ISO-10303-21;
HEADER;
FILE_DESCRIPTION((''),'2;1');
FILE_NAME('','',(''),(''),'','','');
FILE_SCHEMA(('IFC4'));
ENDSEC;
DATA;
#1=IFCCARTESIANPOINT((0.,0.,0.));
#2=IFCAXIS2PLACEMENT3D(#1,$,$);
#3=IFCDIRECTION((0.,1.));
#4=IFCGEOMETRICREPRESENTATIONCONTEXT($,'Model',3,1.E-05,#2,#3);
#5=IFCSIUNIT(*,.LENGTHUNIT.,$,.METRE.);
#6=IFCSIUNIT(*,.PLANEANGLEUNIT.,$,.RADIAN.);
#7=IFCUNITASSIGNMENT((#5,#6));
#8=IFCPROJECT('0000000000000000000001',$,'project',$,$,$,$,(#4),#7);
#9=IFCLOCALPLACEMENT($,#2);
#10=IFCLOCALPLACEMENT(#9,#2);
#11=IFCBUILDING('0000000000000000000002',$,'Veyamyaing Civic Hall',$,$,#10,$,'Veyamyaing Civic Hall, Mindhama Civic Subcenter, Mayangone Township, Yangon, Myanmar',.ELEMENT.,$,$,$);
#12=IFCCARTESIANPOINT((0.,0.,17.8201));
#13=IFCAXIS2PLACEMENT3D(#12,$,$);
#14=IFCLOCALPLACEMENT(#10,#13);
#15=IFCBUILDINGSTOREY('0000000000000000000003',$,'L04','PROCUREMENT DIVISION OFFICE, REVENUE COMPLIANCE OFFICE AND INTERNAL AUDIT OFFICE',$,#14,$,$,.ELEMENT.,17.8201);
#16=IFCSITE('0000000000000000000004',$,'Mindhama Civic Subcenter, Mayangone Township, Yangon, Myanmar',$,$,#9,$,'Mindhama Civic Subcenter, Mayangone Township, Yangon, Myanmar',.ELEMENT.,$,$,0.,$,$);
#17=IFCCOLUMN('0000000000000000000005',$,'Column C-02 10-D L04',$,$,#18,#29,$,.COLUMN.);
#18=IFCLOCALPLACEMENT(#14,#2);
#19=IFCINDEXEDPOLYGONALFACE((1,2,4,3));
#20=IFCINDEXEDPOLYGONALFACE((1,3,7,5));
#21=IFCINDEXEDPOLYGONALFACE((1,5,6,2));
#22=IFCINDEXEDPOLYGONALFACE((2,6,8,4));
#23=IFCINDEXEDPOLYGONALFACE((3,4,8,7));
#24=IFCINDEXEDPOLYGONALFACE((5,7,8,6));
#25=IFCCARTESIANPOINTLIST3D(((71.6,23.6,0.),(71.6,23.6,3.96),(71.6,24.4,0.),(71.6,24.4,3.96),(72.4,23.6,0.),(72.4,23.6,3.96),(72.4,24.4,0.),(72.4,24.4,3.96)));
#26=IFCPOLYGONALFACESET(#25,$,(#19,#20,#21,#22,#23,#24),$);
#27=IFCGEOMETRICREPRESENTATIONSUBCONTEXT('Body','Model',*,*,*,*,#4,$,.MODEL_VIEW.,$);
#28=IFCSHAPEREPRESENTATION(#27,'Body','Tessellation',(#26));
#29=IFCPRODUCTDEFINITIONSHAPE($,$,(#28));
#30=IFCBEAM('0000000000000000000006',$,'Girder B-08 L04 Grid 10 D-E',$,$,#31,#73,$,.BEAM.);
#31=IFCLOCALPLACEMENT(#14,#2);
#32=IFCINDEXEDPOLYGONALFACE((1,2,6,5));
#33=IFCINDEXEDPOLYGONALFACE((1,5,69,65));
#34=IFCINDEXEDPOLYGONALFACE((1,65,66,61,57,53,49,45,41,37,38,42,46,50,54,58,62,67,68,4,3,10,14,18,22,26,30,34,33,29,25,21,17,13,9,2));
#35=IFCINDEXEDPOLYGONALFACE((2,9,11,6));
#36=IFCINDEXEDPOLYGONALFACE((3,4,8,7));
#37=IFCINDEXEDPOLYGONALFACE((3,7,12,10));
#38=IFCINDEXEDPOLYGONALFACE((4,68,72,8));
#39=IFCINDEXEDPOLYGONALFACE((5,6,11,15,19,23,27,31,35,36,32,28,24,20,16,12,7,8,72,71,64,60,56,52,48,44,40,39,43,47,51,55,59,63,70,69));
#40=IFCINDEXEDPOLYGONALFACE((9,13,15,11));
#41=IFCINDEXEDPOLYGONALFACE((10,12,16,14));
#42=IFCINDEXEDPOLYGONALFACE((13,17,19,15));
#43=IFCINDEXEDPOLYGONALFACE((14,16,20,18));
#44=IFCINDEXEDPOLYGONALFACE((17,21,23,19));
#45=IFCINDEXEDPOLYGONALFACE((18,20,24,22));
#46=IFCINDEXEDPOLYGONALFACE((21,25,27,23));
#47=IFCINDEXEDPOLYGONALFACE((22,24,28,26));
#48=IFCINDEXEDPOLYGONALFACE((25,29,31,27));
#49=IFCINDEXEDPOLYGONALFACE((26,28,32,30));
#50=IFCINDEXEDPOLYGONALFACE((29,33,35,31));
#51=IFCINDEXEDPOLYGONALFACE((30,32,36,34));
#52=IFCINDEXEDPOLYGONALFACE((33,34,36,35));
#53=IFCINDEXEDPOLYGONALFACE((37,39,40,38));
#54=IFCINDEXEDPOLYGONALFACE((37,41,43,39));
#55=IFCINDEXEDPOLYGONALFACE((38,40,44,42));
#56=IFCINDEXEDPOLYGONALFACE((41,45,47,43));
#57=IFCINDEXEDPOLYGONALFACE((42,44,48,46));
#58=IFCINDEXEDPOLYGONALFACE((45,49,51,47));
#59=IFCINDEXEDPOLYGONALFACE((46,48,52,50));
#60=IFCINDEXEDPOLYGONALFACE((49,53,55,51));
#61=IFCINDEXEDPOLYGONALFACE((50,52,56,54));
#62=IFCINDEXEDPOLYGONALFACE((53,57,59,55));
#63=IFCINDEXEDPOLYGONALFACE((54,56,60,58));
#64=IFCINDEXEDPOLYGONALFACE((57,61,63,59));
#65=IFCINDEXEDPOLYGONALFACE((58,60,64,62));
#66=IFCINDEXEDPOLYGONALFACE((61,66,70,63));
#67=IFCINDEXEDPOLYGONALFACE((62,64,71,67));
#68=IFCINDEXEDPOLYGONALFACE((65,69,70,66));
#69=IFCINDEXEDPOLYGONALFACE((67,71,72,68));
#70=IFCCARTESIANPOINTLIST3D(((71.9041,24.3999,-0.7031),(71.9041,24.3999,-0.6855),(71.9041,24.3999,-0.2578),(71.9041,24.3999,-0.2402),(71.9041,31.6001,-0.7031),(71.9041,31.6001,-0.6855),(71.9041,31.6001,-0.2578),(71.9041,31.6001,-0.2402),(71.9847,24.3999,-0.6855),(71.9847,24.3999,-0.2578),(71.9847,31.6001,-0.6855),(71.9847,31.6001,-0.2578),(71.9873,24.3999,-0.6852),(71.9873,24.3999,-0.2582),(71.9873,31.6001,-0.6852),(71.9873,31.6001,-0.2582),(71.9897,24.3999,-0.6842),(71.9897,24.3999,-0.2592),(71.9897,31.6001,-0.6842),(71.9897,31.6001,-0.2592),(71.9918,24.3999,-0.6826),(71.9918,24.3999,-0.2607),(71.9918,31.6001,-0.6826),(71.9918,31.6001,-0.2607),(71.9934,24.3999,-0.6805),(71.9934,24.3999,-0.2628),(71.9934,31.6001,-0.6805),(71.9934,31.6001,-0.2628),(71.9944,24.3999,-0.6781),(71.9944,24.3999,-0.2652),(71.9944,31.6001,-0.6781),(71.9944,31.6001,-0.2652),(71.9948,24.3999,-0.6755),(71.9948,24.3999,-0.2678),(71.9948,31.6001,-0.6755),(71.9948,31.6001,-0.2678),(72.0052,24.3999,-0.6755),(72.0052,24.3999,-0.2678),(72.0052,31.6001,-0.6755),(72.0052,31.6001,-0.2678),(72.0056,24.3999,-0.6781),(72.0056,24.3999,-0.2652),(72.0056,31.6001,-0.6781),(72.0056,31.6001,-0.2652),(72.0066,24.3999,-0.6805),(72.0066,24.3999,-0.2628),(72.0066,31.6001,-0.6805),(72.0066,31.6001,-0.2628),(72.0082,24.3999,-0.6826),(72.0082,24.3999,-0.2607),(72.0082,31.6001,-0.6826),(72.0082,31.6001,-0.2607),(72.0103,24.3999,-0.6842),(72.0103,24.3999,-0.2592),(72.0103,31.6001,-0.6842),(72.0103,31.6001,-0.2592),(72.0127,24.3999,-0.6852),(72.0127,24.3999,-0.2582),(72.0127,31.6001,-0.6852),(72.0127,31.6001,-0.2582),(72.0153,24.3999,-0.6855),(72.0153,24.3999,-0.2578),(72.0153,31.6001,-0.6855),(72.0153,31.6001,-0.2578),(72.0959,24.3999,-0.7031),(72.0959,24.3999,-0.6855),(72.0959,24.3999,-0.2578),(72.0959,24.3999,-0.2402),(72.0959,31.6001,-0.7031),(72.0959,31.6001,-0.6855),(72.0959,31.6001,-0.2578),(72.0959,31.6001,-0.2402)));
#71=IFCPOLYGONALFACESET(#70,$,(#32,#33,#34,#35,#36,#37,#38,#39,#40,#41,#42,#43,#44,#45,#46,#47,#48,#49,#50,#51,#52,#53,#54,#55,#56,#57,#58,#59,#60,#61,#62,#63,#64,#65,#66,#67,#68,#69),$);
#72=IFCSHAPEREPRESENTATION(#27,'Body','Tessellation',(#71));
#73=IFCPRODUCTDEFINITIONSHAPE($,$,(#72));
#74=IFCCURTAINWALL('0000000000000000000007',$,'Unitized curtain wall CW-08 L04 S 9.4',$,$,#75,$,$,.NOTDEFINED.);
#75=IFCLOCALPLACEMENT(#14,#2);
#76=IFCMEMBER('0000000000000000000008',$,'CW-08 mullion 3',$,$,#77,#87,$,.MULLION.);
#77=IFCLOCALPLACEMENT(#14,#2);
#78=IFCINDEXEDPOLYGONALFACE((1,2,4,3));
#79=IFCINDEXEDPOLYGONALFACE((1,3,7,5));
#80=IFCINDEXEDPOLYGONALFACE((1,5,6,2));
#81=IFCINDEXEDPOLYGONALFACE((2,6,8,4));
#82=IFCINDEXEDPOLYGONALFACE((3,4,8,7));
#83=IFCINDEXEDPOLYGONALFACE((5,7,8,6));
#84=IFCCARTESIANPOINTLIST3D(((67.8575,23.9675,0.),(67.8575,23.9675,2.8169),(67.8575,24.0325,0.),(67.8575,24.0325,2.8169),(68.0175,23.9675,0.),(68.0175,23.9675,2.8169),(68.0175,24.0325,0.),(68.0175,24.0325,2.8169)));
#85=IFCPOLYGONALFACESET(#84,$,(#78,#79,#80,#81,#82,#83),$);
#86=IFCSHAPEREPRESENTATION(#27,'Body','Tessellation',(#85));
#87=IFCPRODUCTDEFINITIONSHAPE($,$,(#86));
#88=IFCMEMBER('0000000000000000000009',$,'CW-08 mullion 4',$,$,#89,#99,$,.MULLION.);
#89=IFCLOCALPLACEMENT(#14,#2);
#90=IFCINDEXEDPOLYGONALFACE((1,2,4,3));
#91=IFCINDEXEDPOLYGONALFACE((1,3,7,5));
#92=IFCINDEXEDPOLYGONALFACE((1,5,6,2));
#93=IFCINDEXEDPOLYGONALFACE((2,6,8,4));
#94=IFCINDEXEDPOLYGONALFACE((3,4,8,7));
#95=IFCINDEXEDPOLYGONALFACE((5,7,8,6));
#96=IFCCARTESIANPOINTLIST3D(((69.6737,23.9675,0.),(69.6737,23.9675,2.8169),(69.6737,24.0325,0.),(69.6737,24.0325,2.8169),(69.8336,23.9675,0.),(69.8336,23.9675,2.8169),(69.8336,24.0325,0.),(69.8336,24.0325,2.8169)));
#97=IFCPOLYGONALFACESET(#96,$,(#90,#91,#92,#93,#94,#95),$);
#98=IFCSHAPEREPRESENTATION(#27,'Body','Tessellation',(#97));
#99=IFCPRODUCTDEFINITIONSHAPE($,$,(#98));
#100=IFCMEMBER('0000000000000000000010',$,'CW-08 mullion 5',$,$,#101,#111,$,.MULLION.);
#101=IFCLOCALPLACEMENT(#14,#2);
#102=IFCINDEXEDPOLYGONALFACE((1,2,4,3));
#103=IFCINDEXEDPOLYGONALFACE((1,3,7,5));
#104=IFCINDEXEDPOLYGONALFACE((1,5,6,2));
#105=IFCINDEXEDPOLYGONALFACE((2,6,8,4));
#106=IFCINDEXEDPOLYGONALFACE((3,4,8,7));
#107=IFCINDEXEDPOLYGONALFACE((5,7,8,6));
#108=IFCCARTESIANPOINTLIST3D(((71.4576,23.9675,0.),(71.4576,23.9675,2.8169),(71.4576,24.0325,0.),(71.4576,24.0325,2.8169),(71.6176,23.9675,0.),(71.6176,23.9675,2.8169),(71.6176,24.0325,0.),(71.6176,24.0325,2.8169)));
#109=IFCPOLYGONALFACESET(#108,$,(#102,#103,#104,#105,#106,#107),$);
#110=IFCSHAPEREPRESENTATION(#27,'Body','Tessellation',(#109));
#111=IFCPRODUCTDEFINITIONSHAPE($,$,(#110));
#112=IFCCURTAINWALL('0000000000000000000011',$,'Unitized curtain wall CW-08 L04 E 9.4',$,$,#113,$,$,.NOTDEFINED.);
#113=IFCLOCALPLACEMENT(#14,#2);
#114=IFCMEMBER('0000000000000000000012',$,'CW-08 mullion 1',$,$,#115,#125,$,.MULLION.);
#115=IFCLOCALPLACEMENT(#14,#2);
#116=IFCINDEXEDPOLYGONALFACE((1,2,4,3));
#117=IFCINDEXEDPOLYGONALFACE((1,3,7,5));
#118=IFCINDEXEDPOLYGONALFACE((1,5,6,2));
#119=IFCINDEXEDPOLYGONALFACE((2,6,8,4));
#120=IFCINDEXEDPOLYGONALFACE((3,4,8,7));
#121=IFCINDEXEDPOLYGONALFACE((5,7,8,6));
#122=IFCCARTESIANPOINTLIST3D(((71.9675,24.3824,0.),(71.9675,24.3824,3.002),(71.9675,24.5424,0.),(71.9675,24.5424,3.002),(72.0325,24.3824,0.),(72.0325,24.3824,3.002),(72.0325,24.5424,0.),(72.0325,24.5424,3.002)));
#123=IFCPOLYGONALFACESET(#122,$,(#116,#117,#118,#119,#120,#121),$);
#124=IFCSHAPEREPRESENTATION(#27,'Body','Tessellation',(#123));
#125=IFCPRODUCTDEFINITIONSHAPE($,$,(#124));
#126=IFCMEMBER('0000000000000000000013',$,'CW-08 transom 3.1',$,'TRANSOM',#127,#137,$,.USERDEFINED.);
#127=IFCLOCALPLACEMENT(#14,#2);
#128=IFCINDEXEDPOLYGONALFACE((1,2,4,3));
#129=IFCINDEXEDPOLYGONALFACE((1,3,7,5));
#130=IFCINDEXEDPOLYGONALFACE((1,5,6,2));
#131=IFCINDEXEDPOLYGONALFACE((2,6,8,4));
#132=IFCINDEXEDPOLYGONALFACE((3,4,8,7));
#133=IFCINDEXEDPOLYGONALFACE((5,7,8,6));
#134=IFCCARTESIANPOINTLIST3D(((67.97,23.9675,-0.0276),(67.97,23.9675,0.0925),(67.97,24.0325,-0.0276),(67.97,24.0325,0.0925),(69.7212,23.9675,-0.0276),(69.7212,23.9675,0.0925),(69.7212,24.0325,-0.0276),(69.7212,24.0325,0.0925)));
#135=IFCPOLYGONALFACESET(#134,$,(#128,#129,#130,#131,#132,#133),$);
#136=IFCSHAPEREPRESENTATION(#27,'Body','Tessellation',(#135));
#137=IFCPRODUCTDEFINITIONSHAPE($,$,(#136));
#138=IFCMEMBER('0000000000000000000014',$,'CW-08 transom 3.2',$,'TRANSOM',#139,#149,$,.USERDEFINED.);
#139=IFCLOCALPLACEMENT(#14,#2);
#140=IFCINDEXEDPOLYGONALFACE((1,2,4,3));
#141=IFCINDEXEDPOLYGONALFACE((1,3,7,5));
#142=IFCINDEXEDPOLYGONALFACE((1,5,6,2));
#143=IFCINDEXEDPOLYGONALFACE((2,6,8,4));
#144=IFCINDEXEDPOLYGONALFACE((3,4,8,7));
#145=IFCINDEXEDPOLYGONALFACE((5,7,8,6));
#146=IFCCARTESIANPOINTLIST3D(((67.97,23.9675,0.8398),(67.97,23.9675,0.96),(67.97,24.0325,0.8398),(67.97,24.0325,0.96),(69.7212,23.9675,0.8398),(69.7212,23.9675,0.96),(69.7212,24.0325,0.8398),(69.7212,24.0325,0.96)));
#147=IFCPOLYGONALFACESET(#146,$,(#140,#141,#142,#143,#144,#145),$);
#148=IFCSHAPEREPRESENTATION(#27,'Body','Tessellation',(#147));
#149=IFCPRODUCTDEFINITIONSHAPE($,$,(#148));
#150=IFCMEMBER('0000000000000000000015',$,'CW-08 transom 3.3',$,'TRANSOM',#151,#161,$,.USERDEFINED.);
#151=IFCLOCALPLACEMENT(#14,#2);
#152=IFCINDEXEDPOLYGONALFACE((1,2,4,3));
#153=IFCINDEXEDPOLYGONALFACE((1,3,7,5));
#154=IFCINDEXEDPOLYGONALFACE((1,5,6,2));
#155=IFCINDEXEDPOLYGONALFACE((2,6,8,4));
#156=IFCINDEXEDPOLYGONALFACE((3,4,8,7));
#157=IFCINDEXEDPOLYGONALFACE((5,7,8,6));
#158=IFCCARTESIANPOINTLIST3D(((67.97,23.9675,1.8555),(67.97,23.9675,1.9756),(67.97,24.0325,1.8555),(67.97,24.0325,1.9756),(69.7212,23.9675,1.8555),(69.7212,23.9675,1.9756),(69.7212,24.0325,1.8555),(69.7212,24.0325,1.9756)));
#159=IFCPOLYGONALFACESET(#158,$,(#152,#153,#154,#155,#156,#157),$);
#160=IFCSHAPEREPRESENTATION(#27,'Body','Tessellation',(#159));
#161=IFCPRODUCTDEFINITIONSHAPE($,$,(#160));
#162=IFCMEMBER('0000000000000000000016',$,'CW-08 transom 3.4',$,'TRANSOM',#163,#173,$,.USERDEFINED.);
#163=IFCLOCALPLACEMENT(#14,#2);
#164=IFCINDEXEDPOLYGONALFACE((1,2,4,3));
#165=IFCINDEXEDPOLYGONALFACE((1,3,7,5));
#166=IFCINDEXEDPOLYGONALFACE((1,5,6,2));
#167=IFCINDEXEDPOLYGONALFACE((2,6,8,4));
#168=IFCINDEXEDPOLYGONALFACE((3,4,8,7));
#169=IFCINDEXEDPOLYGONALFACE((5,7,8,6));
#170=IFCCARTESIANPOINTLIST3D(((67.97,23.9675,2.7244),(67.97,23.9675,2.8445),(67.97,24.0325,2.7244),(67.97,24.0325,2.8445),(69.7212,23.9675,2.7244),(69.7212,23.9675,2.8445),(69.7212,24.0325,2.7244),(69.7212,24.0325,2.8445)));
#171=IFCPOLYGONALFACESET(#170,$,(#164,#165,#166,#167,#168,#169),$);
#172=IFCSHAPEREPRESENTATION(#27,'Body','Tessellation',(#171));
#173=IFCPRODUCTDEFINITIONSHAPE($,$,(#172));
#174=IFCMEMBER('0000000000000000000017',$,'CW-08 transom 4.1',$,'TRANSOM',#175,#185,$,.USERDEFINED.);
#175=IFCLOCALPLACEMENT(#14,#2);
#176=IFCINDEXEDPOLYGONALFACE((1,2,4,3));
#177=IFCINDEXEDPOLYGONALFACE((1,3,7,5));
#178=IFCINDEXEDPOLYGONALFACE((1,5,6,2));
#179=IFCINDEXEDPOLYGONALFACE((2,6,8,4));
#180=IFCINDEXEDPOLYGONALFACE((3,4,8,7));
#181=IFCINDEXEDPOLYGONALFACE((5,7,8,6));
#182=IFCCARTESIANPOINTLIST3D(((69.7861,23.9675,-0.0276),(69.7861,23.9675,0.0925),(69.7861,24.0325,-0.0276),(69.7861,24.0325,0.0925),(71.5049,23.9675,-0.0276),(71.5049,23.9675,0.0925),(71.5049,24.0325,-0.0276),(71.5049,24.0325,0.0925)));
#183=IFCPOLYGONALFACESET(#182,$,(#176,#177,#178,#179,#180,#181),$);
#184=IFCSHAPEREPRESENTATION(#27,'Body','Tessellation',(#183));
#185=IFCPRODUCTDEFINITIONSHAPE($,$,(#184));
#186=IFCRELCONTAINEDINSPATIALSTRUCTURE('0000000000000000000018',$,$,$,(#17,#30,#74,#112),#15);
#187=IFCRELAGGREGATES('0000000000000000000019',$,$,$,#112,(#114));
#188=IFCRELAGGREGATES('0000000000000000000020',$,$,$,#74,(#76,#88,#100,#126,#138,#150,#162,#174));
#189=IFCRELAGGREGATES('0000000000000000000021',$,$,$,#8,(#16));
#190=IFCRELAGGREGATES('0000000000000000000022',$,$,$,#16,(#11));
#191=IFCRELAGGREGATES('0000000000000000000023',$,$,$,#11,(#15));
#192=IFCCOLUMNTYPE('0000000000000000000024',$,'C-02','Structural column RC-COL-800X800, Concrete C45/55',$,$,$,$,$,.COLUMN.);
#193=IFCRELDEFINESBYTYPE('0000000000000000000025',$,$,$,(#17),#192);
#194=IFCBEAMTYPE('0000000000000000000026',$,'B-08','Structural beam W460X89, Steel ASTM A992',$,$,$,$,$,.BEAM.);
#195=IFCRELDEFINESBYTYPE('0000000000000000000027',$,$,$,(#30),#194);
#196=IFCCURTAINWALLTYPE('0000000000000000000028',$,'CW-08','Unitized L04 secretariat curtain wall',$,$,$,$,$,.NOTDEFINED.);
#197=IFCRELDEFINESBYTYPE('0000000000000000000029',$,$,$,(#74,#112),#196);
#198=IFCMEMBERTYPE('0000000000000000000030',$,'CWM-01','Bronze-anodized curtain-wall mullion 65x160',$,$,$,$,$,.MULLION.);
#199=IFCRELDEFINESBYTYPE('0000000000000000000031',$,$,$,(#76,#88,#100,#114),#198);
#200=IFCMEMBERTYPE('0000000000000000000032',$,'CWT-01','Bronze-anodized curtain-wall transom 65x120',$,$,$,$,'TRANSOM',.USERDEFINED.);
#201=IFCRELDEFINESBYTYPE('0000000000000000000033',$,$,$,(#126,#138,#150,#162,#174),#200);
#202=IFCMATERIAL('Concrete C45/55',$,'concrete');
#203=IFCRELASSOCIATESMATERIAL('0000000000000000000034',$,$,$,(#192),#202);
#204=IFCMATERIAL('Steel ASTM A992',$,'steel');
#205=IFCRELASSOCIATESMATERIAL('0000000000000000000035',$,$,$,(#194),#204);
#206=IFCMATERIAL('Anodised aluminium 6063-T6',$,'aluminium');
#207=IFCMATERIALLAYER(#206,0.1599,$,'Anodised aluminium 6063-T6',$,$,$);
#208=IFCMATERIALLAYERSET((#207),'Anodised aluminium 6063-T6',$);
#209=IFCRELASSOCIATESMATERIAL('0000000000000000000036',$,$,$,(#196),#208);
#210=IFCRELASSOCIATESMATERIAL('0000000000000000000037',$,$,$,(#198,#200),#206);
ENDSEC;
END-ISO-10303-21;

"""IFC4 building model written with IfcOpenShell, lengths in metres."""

from ifc_helpers import new_model, si_unit, direction, frame, origin, origin_2d, place, context, subcontext, project, spatial, rectangle, i_section, extrude, material, layer, layer_set, material_profile, profile_set, type_object, element, aggregate, save


model = new_model("IFC4")

# Units and contexts
model_context = context("Model", 3, precision=1e-05, world=origin(), true_north=direction((0.0, 1.0)))
body_context = subcontext(model_context, "Body", "Model", "MODEL_VIEW")
ifc_project = project(units=[si_unit("LENGTHUNIT", "METRE"), si_unit("PLANEANGLEUNIT", "RADIAN")], contexts=[model_context])

# Site, building, storey
site_placement = place(None, origin())
site = spatial("IfcSite", under=ifc_project, at=site_placement, Name="Mindhama Civic Subcenter, Mayangone Township, Yangon, Myanmar", LongName="Mindhama Civic Subcenter, Mayangone Township, Yangon, Myanmar", CompositionType="ELEMENT", RefElevation=0.0)
building_placement = place(site_placement, origin())
building = spatial("IfcBuilding", under=site, at=building_placement, Name="Veyamyaing Civic Hall", LongName="Veyamyaing Civic Hall, Mindhama Civic Subcenter, Mayangone Township, Yangon, Myanmar", CompositionType="ELEMENT")
storey_placement = place(building_placement, frame((0.0, 0.0, 17.8201)))
storey = spatial("IfcBuildingStorey", under=building, at=storey_placement, Name="L04", Description="PROCUREMENT DIVISION OFFICE, REVENUE COMPLIANCE OFFICE AND INTERNAL AUDIT OFFICE", CompositionType="ELEMENT", Elevation=17.8201)

# Column
ifc_material_1 = material(Name="Concrete C45/55", Category="concrete")
ifc_material_profile_1 = material_profile(ifc_material_1, rectangle(XDim=0.8, YDim=0.8, at=origin_2d()), Name="RC-COL-800X800")
ifc_profile_set_1 = profile_set([ifc_material_profile_1], Name="Concrete C45/55")
column_type = type_object("IfcColumnType", Name="C-02", Description="Structural column RC-COL-800X800, Concrete C45/55", PredefinedType="COLUMN", material=ifc_profile_set_1)
column_placement = place(storey_placement, frame((72.0, 24.0, 0.0), z_axis=(0.0, 0.0, 1.0), x_axis=(1.0, 0.0, 0.0)))
element("IfcColumn", 1, at=column_placement, inside=storey, type_object=column_type, Name="Column C-02 10-D L04", PredefinedType="COLUMN", context=body_context, shape_type="SweptSolid", body=[
    extrude(rectangle(XDim=0.8, YDim=0.8, at=origin_2d()), origin(), (0.0, 0.0, 1.0), 3.96),
])

# Beam
ifc_material_2 = material(Name="Steel ASTM A992", Category="steel")
ifc_material_profile_2 = material_profile(ifc_material_2, i_section(OverallWidth=0.1919, OverallDepth=0.4629, WebThickness=0.0105, FlangeThickness=0.0176, FilletRadius=0.01, at=origin_2d()), Name="W460X89")
ifc_profile_set_2 = profile_set([ifc_material_profile_2], Name="Steel ASTM A992")
beam_type = type_object("IfcBeamType", Name="B-08", Description="Structural beam W460X89, Steel ASTM A992", PredefinedType="BEAM", material=ifc_profile_set_2)
beam_placement = place(storey_placement, frame((72.0, 24.3999, -0.4717), z_axis=(0.0, 1.0, 0.0), x_axis=(-1.0, 0.0, 0.0)))
element("IfcBeam", 2, at=beam_placement, inside=storey, type_object=beam_type, Name="Girder B-08 L04 Grid 10 D-E", PredefinedType="BEAM", context=body_context, shape_type="SweptSolid", body=[
    extrude(i_section(OverallWidth=0.1919, OverallDepth=0.4629, WebThickness=0.0105, FlangeThickness=0.0176, FilletRadius=0.01, at=origin_2d()), origin(), (0.0, 0.0, 1.0), 7.2002),
])

# Curtain wall, members
ifc_material_3 = material(Name="Anodised aluminium 6063-T6", Category="aluminium")
ifc_layer_1 = layer(ifc_material_3, 0.1599, Name="Anodised aluminium 6063-T6")
ifc_layer_set_1 = layer_set([ifc_layer_1], Name="Anodised aluminium 6063-T6")
curtain_wall_type = type_object("IfcCurtainWallType", Name="CW-08", Description="Unitized L04 secretariat curtain wall", PredefinedType="NOTDEFINED", material=ifc_layer_set_1)
curtain_wall_1_placement = place(storey_placement, origin())
curtain_wall_1 = element("IfcCurtainWall", 3, at=curtain_wall_1_placement, inside=storey, type_object=curtain_wall_type, Name="Unitized curtain wall CW-08 L04 S 9.4", PredefinedType="NOTDEFINED")
ifc_material_profile_3 = material_profile(ifc_material_3, rectangle(XDim=0.0649, YDim=0.1599, at=origin_2d()), Name="ALU-MUL-65X160")
ifc_profile_set_3 = profile_set([ifc_material_profile_3], Name="Anodised aluminium 6063-T6")
member_type_1 = type_object("IfcMemberType", Name="CWM-01", Description="Bronze-anodized curtain-wall mullion 65x160", PredefinedType="MULLION", material=ifc_profile_set_3)
member_1_placement = place(storey_placement, frame((67.9375, 24.0, 0.0), z_axis=(0.0, 0.0, 1.0), x_axis=(0.0, 1.0, 0.0)))
member_1 = element("IfcMember", 4, at=member_1_placement, type_object=member_type_1, Name="CW-08 mullion 3", PredefinedType="MULLION", context=body_context, shape_type="SweptSolid", body=[
    extrude(rectangle(XDim=0.0649, YDim=0.1599, at=origin_2d()), origin(), (0.0, 0.0, 1.0), 2.8169),
])
member_2_placement = place(storey_placement, frame((69.7537, 24.0, 0.0), z_axis=(0.0, 0.0, 1.0), x_axis=(0.0, 1.0, 0.0)))
member_2 = element("IfcMember", 5, at=member_2_placement, type_object=member_type_1, Name="CW-08 mullion 4", PredefinedType="MULLION", context=body_context, shape_type="SweptSolid", body=[
    extrude(rectangle(XDim=0.0649, YDim=0.1599, at=origin_2d()), origin(), (0.0, 0.0, 1.0), 2.8169),
])
member_3_placement = place(storey_placement, frame((71.5376, 24.0, 0.0), z_axis=(0.0, 0.0, 1.0), x_axis=(0.0, 1.0, 0.0)))
member_3 = element("IfcMember", 6, at=member_3_placement, type_object=member_type_1, Name="CW-08 mullion 5", PredefinedType="MULLION", context=body_context, shape_type="SweptSolid", body=[
    extrude(rectangle(XDim=0.0649, YDim=0.1599, at=origin_2d()), origin(), (0.0, 0.0, 1.0), 2.8169),
])

# Curtain wall, member
curtain_wall_2_placement = place(storey_placement, origin())
curtain_wall_2 = element("IfcCurtainWall", 7, at=curtain_wall_2_placement, inside=storey, type_object=curtain_wall_type, Name="Unitized curtain wall CW-08 L04 E 9.4", PredefinedType="NOTDEFINED")
member_4_placement = place(storey_placement, frame((72.0, 24.4624, 0.0), z_axis=(0.0, 0.0, 1.0), x_axis=(-1.0, 0.0, 0.0)))
member_4 = element("IfcMember", 8, at=member_4_placement, type_object=member_type_1, Name="CW-08 mullion 1", PredefinedType="MULLION", context=body_context, shape_type="SweptSolid", body=[
    extrude(rectangle(XDim=0.0649, YDim=0.1599, at=origin_2d()), origin(), (0.0, 0.0, 1.0), 3.002),
])

# Members
ifc_material_profile_4 = material_profile(ifc_material_3, rectangle(XDim=0.0649, YDim=0.1201, at=origin_2d()), Name="ALU-TRN-65X120")
ifc_profile_set_4 = profile_set([ifc_material_profile_4], Name="Anodised aluminium 6063-T6")
member_type_2 = type_object("IfcMemberType", Name="CWT-01", Description="Bronze-anodized curtain-wall transom 65x120", ElementType="TRANSOM", PredefinedType="USERDEFINED", material=ifc_profile_set_4)
member_5_placement = place(storey_placement, frame((67.97, 24.0, 0.0325), z_axis=(1.0, 0.0, 0.0), x_axis=(0.0, 1.0, 0.0)))
member_5 = element("IfcMember", 9, at=member_5_placement, type_object=member_type_2, Name="CW-08 transom 3.1", ObjectType="TRANSOM", PredefinedType="USERDEFINED", context=body_context, shape_type="SweptSolid", body=[
    extrude(rectangle(XDim=0.0649, YDim=0.1201, at=origin_2d()), origin(), (0.0, 0.0, 1.0), 1.7512),
])
member_6_placement = place(storey_placement, frame((67.97, 24.0, 0.8999), z_axis=(1.0, 0.0, 0.0), x_axis=(0.0, 1.0, 0.0)))
member_6 = element("IfcMember", 10, at=member_6_placement, type_object=member_type_2, Name="CW-08 transom 3.2", ObjectType="TRANSOM", PredefinedType="USERDEFINED", context=body_context, shape_type="SweptSolid", body=[
    extrude(rectangle(XDim=0.0649, YDim=0.1201, at=origin_2d()), origin(), (0.0, 0.0, 1.0), 1.7512),
])
member_7_placement = place(storey_placement, frame((67.97, 24.0, 1.9155), z_axis=(1.0, 0.0, 0.0), x_axis=(0.0, 1.0, 0.0)))
member_7 = element("IfcMember", 11, at=member_7_placement, type_object=member_type_2, Name="CW-08 transom 3.3", ObjectType="TRANSOM", PredefinedType="USERDEFINED", context=body_context, shape_type="SweptSolid", body=[
    extrude(rectangle(XDim=0.0649, YDim=0.1201, at=origin_2d()), origin(), (0.0, 0.0, 1.0), 1.7512),
])
member_8_placement = place(storey_placement, frame((67.97, 24.0, 2.7844), z_axis=(1.0, 0.0, 0.0), x_axis=(0.0, 1.0, 0.0)))
member_8 = element("IfcMember", 12, at=member_8_placement, type_object=member_type_2, Name="CW-08 transom 3.4", ObjectType="TRANSOM", PredefinedType="USERDEFINED", context=body_context, shape_type="SweptSolid", body=[
    extrude(rectangle(XDim=0.0649, YDim=0.1201, at=origin_2d()), origin(), (0.0, 0.0, 1.0), 1.7512),
])
member_9_placement = place(storey_placement, frame((69.7861, 24.0, 0.0325), z_axis=(1.0, 0.0, 0.0), x_axis=(0.0, 1.0, 0.0)))
member_9 = element("IfcMember", 13, at=member_9_placement, type_object=member_type_2, Name="CW-08 transom 4.1", ObjectType="TRANSOM", PredefinedType="USERDEFINED", context=body_context, shape_type="SweptSolid", body=[
    extrude(rectangle(XDim=0.0649, YDim=0.1201, at=origin_2d()), origin(), (0.0, 0.0, 1.0), 1.7188),
])
aggregate(curtain_wall_2, [member_4])

aggregate(curtain_wall_1, [member_1, member_2, member_3, member_5, member_6, member_7, member_8, member_9])

save(model, "model.ifc")
